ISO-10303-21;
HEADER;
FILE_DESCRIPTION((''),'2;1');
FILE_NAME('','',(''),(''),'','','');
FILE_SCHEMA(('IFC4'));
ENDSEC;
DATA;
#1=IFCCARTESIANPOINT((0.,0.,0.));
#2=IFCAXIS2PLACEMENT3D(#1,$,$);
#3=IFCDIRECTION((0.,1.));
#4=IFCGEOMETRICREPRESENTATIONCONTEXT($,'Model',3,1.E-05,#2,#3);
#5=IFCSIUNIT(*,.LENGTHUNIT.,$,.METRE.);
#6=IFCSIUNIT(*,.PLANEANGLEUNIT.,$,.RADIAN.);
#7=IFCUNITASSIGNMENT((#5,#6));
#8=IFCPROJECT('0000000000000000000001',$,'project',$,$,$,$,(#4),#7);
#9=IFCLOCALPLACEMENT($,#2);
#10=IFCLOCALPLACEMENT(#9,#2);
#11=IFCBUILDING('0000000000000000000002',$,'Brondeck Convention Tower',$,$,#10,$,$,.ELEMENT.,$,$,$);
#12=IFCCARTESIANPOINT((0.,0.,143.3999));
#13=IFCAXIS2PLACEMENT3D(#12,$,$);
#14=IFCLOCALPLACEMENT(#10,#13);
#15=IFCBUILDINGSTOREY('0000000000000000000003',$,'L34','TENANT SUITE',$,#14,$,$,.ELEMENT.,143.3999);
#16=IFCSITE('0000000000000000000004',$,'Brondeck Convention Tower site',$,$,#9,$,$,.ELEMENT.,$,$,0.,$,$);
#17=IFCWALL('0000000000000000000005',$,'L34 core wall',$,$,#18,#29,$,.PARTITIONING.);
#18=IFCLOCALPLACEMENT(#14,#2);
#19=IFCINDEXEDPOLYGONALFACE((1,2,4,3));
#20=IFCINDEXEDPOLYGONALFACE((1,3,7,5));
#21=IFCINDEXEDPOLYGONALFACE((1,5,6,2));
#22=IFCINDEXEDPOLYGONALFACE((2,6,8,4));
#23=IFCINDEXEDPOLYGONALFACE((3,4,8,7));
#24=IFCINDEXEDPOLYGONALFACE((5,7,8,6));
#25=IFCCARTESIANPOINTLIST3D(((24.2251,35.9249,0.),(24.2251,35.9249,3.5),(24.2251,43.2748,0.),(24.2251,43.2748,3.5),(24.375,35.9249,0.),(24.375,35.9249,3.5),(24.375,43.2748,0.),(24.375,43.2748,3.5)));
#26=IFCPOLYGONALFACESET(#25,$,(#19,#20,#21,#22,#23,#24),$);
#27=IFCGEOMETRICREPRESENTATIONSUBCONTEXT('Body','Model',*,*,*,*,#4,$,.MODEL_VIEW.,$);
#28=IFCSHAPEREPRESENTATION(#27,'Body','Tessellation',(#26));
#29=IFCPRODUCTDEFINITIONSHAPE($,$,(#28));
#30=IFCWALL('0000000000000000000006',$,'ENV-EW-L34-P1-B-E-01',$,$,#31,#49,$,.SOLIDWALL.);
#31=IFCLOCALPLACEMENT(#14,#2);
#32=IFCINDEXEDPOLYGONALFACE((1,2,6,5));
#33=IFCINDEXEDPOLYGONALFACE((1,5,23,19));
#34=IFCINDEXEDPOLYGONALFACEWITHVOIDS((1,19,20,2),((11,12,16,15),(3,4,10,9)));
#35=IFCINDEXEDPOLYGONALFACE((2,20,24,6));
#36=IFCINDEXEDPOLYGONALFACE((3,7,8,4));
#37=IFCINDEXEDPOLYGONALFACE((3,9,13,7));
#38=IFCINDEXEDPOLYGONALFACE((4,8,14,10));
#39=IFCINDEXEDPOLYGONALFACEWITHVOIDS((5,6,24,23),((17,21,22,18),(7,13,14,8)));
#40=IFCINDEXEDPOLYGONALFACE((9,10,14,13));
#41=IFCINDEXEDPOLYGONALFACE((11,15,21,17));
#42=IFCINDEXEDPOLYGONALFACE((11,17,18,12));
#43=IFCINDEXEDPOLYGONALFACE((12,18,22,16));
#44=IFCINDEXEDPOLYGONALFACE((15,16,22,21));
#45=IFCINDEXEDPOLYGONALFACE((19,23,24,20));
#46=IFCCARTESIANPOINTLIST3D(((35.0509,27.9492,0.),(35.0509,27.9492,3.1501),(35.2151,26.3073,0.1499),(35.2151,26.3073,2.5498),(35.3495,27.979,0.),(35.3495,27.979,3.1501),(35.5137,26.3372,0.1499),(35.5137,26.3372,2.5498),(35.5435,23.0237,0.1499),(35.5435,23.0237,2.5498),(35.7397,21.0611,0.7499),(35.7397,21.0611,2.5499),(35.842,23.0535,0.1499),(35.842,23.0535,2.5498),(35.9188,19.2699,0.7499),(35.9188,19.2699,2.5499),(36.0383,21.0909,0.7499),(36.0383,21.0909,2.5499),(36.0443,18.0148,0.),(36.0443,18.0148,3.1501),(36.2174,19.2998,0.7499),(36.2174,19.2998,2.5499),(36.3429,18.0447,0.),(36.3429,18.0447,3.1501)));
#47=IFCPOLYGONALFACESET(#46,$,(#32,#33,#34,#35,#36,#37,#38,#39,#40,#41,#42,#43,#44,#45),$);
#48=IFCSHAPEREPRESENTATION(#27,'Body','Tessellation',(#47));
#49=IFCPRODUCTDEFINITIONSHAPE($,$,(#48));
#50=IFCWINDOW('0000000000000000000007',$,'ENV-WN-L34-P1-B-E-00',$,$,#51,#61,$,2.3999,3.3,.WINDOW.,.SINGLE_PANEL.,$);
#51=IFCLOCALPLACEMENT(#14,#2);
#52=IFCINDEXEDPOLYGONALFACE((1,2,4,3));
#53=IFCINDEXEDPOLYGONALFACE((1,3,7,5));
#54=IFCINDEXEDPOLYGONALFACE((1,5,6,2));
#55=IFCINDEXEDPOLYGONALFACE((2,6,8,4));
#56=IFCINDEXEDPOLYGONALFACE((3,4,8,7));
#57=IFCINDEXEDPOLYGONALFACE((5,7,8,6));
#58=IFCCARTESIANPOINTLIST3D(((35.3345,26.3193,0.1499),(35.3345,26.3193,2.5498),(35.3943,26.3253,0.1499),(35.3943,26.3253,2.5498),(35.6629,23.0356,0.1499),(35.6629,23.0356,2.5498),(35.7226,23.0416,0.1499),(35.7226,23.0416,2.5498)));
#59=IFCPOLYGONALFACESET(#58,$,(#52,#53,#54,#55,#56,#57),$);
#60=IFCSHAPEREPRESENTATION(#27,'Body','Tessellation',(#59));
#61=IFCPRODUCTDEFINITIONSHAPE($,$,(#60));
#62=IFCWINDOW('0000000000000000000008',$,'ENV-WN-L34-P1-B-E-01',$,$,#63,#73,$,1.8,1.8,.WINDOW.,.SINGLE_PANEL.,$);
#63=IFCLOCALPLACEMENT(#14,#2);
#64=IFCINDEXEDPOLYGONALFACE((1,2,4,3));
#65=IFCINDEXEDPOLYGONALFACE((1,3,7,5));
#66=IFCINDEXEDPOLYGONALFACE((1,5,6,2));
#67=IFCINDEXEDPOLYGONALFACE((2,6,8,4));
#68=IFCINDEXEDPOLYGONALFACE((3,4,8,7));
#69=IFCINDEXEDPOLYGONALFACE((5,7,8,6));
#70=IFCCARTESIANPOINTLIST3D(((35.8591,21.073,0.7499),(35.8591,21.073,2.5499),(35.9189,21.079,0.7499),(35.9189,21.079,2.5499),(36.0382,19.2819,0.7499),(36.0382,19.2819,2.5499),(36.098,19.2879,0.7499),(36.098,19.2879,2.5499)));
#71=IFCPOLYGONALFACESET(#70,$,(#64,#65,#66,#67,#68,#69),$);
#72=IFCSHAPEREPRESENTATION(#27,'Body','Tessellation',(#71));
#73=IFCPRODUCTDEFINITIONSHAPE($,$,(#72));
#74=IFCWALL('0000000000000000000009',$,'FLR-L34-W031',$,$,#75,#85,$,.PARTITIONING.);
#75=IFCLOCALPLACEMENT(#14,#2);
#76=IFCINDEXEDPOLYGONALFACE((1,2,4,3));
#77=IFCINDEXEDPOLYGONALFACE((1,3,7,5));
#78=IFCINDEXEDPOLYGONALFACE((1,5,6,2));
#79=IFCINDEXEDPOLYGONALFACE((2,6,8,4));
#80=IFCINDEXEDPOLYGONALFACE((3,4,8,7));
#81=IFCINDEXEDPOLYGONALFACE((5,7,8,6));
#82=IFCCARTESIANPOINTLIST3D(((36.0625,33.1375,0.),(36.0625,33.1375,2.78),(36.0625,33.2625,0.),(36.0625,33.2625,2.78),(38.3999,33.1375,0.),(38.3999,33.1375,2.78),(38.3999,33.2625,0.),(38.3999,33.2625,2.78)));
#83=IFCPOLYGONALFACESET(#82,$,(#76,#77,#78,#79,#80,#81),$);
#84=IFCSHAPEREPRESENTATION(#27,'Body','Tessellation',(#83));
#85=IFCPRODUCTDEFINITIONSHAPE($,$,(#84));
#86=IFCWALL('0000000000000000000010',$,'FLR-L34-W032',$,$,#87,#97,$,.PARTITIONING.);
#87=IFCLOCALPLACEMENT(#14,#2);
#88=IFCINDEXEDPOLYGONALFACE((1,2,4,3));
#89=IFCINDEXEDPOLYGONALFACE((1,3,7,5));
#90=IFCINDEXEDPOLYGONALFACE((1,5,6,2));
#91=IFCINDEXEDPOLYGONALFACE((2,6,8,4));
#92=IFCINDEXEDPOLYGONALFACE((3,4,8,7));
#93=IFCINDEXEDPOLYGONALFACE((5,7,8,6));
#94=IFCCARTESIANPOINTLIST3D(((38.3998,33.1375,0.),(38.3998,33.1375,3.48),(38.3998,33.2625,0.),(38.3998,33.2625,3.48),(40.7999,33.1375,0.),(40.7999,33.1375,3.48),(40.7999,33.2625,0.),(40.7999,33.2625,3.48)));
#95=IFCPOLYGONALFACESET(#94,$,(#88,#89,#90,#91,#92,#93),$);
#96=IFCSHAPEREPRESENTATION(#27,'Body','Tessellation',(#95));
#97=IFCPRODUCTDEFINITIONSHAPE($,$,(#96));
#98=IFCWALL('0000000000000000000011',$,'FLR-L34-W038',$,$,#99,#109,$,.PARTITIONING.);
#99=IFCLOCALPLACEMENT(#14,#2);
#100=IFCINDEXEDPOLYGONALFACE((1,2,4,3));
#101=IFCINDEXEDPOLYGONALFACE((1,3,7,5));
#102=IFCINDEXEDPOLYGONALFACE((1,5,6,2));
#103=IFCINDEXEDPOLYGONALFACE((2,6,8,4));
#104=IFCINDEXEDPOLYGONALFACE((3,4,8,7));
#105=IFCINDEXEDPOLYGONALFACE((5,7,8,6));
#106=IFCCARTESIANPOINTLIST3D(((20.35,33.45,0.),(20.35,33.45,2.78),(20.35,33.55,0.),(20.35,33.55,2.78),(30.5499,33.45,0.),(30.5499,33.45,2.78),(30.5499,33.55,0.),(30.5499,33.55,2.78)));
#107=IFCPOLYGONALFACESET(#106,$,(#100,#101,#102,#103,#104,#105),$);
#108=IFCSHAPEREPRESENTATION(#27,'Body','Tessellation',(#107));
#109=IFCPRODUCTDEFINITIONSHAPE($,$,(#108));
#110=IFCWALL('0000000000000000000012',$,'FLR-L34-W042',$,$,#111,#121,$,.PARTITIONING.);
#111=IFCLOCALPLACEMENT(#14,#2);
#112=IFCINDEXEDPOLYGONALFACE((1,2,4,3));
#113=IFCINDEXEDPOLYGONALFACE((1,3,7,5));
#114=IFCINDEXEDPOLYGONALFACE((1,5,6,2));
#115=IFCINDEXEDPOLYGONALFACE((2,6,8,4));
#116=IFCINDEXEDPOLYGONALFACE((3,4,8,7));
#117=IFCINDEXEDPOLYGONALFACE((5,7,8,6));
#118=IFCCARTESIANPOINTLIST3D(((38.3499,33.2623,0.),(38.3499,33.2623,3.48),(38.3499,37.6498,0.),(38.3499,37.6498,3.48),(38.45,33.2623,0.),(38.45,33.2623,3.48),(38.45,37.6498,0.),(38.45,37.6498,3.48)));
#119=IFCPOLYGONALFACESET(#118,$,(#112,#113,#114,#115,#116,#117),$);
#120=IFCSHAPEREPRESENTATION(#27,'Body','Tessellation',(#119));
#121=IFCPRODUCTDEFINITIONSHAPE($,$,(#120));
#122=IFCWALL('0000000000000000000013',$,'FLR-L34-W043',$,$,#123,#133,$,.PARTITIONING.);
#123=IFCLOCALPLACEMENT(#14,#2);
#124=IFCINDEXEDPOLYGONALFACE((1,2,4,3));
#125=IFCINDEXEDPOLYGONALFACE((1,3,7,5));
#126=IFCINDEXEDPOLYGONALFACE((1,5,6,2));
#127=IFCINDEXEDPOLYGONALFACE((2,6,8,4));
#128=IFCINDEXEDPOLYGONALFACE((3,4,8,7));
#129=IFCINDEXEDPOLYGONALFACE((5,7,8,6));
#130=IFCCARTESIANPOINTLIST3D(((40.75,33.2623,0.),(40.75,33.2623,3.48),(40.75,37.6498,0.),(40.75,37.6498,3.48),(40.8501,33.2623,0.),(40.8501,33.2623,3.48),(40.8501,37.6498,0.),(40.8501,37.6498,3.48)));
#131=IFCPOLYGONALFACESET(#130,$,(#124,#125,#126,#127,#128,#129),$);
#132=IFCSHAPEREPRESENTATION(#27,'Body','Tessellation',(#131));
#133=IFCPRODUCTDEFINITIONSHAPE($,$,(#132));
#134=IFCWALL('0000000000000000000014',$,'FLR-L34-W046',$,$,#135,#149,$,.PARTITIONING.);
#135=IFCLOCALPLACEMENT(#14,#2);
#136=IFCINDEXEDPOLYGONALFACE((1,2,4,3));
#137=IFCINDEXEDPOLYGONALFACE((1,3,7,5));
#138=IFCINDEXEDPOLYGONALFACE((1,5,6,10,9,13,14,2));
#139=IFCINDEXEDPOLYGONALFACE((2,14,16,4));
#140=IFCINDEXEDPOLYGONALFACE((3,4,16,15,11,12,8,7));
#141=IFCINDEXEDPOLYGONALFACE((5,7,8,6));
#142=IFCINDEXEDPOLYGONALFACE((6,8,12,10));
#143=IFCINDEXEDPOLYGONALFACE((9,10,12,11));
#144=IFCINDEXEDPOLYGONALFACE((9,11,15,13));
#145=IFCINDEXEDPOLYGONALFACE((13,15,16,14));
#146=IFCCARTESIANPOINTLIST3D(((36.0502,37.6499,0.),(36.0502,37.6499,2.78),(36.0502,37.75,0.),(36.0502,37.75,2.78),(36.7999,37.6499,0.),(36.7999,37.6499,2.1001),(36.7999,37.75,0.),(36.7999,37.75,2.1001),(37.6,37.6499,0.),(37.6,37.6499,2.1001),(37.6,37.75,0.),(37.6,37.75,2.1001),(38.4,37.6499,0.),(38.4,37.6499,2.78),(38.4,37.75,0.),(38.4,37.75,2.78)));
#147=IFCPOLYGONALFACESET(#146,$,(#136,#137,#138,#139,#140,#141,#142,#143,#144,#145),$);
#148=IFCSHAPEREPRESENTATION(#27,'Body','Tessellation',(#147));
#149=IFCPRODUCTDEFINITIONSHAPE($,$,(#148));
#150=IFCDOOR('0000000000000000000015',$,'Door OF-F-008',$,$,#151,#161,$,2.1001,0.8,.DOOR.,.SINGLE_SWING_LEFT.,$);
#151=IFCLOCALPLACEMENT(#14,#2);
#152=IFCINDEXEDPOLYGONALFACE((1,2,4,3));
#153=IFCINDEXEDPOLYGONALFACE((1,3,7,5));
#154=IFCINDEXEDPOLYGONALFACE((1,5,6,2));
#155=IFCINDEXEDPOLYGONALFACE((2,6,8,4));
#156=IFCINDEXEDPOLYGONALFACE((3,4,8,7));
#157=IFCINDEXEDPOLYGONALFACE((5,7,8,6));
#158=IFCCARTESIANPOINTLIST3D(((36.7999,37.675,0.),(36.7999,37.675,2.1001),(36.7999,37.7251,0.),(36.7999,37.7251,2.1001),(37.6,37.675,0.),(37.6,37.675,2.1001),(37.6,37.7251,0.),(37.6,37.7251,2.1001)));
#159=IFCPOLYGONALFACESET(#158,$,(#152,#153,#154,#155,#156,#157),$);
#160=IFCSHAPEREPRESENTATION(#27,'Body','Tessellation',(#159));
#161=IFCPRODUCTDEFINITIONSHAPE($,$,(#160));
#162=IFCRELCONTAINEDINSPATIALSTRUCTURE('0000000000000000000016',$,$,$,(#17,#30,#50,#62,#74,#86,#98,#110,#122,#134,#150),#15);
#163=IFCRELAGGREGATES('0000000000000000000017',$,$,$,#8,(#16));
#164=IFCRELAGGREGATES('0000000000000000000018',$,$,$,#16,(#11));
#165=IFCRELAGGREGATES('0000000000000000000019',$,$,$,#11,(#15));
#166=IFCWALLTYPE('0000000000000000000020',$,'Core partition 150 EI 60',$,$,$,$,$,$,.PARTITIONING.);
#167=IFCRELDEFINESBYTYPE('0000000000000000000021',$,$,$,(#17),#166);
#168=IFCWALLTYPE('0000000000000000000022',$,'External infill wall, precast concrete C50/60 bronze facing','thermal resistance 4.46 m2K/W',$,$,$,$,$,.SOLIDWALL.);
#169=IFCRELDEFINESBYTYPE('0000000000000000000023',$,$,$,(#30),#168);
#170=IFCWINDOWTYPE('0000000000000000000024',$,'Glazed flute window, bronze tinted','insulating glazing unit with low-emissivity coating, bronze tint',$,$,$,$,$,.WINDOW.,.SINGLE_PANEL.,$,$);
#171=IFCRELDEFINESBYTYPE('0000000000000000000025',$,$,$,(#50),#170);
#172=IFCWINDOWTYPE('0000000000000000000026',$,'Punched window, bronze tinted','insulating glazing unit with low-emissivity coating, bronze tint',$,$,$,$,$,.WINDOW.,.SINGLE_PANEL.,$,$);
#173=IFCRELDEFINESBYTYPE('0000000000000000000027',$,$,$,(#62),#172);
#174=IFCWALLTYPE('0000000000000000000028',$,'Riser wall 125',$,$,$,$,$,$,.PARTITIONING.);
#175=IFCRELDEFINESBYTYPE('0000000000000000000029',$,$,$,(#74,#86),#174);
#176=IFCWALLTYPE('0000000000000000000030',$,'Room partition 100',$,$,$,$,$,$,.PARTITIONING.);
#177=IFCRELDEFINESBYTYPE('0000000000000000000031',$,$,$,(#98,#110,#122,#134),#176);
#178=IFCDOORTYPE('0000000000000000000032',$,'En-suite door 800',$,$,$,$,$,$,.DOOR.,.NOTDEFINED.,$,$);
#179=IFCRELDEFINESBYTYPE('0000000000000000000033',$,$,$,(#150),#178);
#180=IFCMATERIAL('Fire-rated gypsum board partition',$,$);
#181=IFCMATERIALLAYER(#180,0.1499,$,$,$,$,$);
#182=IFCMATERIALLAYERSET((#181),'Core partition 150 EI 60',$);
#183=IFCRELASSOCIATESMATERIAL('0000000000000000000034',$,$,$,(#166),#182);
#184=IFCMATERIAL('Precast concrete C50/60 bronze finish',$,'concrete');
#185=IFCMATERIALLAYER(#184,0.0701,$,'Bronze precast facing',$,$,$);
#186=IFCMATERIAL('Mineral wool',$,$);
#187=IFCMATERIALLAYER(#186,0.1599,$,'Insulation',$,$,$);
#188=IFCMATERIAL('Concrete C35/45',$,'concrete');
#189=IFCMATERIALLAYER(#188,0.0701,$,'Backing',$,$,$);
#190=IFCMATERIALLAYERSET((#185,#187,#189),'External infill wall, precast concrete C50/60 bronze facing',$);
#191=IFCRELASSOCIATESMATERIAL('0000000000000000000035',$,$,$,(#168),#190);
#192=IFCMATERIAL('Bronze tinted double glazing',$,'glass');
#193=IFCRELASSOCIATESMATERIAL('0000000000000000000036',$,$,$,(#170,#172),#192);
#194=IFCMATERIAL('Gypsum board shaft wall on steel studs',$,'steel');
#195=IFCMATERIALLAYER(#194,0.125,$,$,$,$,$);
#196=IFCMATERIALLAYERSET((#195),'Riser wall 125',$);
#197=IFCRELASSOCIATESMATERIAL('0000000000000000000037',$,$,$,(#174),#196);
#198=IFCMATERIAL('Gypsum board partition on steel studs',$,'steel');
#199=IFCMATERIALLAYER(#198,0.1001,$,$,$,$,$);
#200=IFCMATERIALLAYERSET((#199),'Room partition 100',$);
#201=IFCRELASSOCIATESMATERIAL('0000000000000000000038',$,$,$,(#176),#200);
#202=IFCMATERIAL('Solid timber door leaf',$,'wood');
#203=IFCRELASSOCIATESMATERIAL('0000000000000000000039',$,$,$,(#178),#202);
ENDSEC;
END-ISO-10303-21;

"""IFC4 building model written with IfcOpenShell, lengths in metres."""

from ifc_helpers import new_model, si_unit, direction, frame, frame_2d, origin, place, context, subcontext, project, spatial, rectangle, extrude, material, layer, layer_set, type_object, element, fill, save


model = new_model("IFC4")

# Units and contexts
model_context = context("Model", 3, precision=1e-05, world=origin(), true_north=direction((0.0, 1.0)))
body_context = subcontext(model_context, "Body", "Model", "MODEL_VIEW")
ifc_project = project(units=[si_unit("LENGTHUNIT", "METRE"), si_unit("PLANEANGLEUNIT", "RADIAN")], contexts=[model_context])

# Site, building, storey
site_placement = place(None, origin())
site = spatial("IfcSite", under=ifc_project, at=site_placement, Name="Brondeck Convention Tower site", CompositionType="ELEMENT", RefElevation=0.0)
building_placement = place(site_placement, origin())
building = spatial("IfcBuilding", under=site, at=building_placement, Name="Brondeck Convention Tower", CompositionType="ELEMENT")
storey_placement = place(building_placement, frame((0.0, 0.0, 143.3999)))
storey = spatial("IfcBuildingStorey", under=building, at=storey_placement, Name="L34", Description="TENANT SUITE", CompositionType="ELEMENT", Elevation=143.3999)

# Wall
ifc_material_1 = material(Name="Fire-rated gypsum board partition")
ifc_layer_1 = layer(ifc_material_1, 0.1499)
ifc_layer_set_1 = layer_set([ifc_layer_1], Name="Core partition 150 EI 60")
wall_type_1 = type_object("IfcWallType", Name="Core partition 150 EI 60", PredefinedType="PARTITIONING", material=ifc_layer_set_1)
wall_1_placement = place(storey_placement, frame((24.3, 35.925, 0.0), z_axis=(0.0, 0.0, 1.0), x_axis=(0.0, 1.0, 0.0)))
element("IfcWall", 1, at=wall_1_placement, inside=storey, type_object=wall_type_1, Name="L34 core wall", PredefinedType="PARTITIONING", context=body_context, shape_type="SweptSolid", body=[
    extrude(rectangle(XDim=7.3499, YDim=0.1499, at=frame_2d((3.6748, 0.0))), origin(), (0.0, 0.0, 1.0), 3.5),
])

# Wall, openings, windows
ifc_material_2 = material(Name="Precast concrete C50/60 bronze finish", Category="concrete")
ifc_layer_2 = layer(ifc_material_2, 0.0701, Name="Bronze precast facing")
ifc_material_3 = material(Name="Mineral wool")
ifc_layer_3 = layer(ifc_material_3, 0.1599, Name="Insulation")
ifc_material_4 = material(Name="Concrete C35/45", Category="concrete")
ifc_layer_4 = layer(ifc_material_4, 0.0701, Name="Backing")
ifc_layer_set_2 = layer_set([ifc_layer_2, ifc_layer_3, ifc_layer_4], Name="External infill wall, precast concrete C50/60 bronze facing")
wall_type_2 = type_object("IfcWallType", Name="External infill wall, precast concrete C50/60 bronze facing", Description="thermal resistance 4.46 m2K/W", PredefinedType="SOLIDWALL", material=ifc_layer_set_2)
wall_2_placement = place(storey_placement, frame((35.2002, 27.9641, 0.0), z_axis=(0.0, 0.0, 1.0), x_axis=(0.099501, -0.995037, 0.0)))
wall_2 = element("IfcWall", 2, at=wall_2_placement, inside=storey, type_object=wall_type_2, Name="ENV-EW-L34-P1-B-E-01", PredefinedType="SOLIDWALL", context=body_context, shape_type="SweptSolid", body=[
    extrude(rectangle(XDim=9.9839, YDim=0.3, at=frame_2d((4.9919, 0.0))), origin(), (0.0, 0.0, 1.0), 3.1501),
])
opening_1_placement = place(wall_2_placement, frame((1.6501, 0.0, 0.1499)))
opening_1 = element("IfcOpeningElement", 3, at=opening_1_placement, cuts=wall_2, PredefinedType="OPENING", context=body_context, shape_type="SweptSolid", body=[
    extrude(rectangle(XDim=3.3, YDim=2.3999, at=frame_2d((1.6499, 1.2))), frame((0.0, 0.1599, 0.0), z_axis=(0.0, -1.0, 0.0), x_axis=(1.0, 0.0, 0.0)), (0.0, 0.0, 1.0), 0.3201),
])
opening_2_placement = place(wall_2_placement, frame((6.9226, 0.0, 0.75)))
opening_2 = element("IfcOpeningElement", 4, at=opening_2_placement, cuts=wall_2, PredefinedType="OPENING", context=body_context, shape_type="SweptSolid", body=[
    extrude(rectangle(XDim=1.8, YDim=1.8, at=frame_2d((0.8999, 0.8999))), frame((0.0, 0.1599, 0.0), z_axis=(0.0, -1.0, 0.0), x_axis=(1.0, 0.0, 0.0)), (0.0, 0.0, 1.0), 0.3201),
])
ifc_material_5 = material(Name="Bronze tinted double glazing", Category="glass")
window_type_1 = type_object("IfcWindowType", Name="Glazed flute window, bronze tinted", Description="insulating glazing unit with low-emissivity coating, bronze tint", PartitioningType="SINGLE_PANEL", PredefinedType="WINDOW", material=ifc_material_5)
window_1_placement = place(opening_1_placement, origin())
window_1 = element("IfcWindow", 5, at=window_1_placement, inside=storey, type_object=window_type_1, Name="ENV-WN-L34-P1-B-E-00", OverallHeight=2.3999, OverallWidth=3.3, PartitioningType="SINGLE_PANEL", PredefinedType="WINDOW", context=body_context, shape_type="SweptSolid", body=[
    extrude(rectangle(XDim=3.3, YDim=2.3999, at=frame_2d((1.6499, 1.2))), frame((0.0, 0.03, 0.0), z_axis=(0.0, -1.0, 0.0), x_axis=(1.0, 0.0, 0.0)), (0.0, 0.0, 1.0), 0.0601),
])
fill(opening_1, window_1)
window_type_2 = type_object("IfcWindowType", Name="Punched window, bronze tinted", Description="insulating glazing unit with low-emissivity coating, bronze tint", PartitioningType="SINGLE_PANEL", PredefinedType="WINDOW", material=ifc_material_5)
window_2_placement = place(opening_2_placement, origin())
window_2 = element("IfcWindow", 6, at=window_2_placement, inside=storey, type_object=window_type_2, Name="ENV-WN-L34-P1-B-E-01", OverallHeight=1.8, OverallWidth=1.8, PartitioningType="SINGLE_PANEL", PredefinedType="WINDOW", context=body_context, shape_type="SweptSolid", body=[
    extrude(rectangle(XDim=1.8, YDim=1.8, at=frame_2d((0.8999, 0.8999))), frame((0.0, 0.03, 0.0), z_axis=(0.0, -1.0, 0.0), x_axis=(1.0, 0.0, 0.0)), (0.0, 0.0, 1.0), 0.0601),
])
fill(opening_2, window_2)

# Walls
ifc_material_6 = material(Name="Gypsum board shaft wall on steel studs", Category="steel")
ifc_layer_5 = layer(ifc_material_6, 0.125)
ifc_layer_set_3 = layer_set([ifc_layer_5], Name="Riser wall 125")
wall_type_3 = type_object("IfcWallType", Name="Riser wall 125", PredefinedType="PARTITIONING", material=ifc_layer_set_3)
wall_3_placement = place(storey_placement, frame((38.3999, 33.2, 0.0), z_axis=(0.0, 0.0, 1.0), x_axis=(-1.0, 0.0, 0.0)))
element("IfcWall", 7, at=wall_3_placement, inside=storey, type_object=wall_type_3, Name="FLR-L34-W031", PredefinedType="PARTITIONING", context=body_context, shape_type="SweptSolid", body=[
    extrude(rectangle(XDim=2.3374, YDim=0.125, at=frame_2d((1.1687, 0.0))), origin(), (0.0, 0.0, 1.0), 2.78),
])
wall_4_placement = place(storey_placement, frame((40.8, 33.2, 0.0), z_axis=(0.0, 0.0, 1.0), x_axis=(-1.0, 0.0, 0.0)))
element("IfcWall", 8, at=wall_4_placement, inside=storey, type_object=wall_type_3, Name="FLR-L34-W032", PredefinedType="PARTITIONING", context=body_context, shape_type="SweptSolid", body=[
    extrude(rectangle(XDim=2.4001, YDim=0.125, at=frame_2d((1.2002, 0.0))), origin(), (0.0, 0.0, 1.0), 3.48),
])
ifc_material_7 = material(Name="Gypsum board partition on steel studs", Category="steel")
ifc_layer_6 = layer(ifc_material_7, 0.1001)
ifc_layer_set_4 = layer_set([ifc_layer_6], Name="Room partition 100")
wall_type_4 = type_object("IfcWallType", Name="Room partition 100", PredefinedType="PARTITIONING", material=ifc_layer_set_4)
wall_5_placement = place(storey_placement, frame((30.55, 33.5, 0.0), z_axis=(0.0, 0.0, 1.0), x_axis=(-1.0, 0.0, 0.0)))
element("IfcWall", 9, at=wall_5_placement, inside=storey, type_object=wall_type_4, Name="FLR-L34-W038", PredefinedType="PARTITIONING", context=body_context, shape_type="SweptSolid", body=[
    extrude(rectangle(XDim=10.2, YDim=0.1001, at=frame_2d((5.1001, 0.0))), origin(), (0.0, 0.0, 1.0), 2.78),
])
for number, where, z_axis, x_axis, name in (
    (10, (38.3999, 37.6499, 0.0), (0.0, 0.0, 1.0), (0.0, -1.0, 0.0), "FLR-L34-W042"),
    (11, (40.8, 37.6499, 0.0), (0.0, 0.0, 1.0), (0.0, -1.0, 0.0), "FLR-L34-W043"),
):
    element("IfcWall", number, at=place(storey_placement, frame(where, z_axis=z_axis, x_axis=x_axis)), inside=storey, type_object=wall_type_4, Name=name, PredefinedType="PARTITIONING", context=body_context, shape_type="SweptSolid", body=[
        extrude(rectangle(XDim=4.3875, YDim=0.1001, at=frame_2d((2.1938, 0.0))), origin(), (0.0, 0.0, 1.0), 3.48),
    ])

# Wall, opening, door
wall_6_placement = place(storey_placement, frame((38.3999, 37.7, 0.0), z_axis=(0.0, 0.0, 1.0), x_axis=(-1.0, 0.0, 0.0)))
wall_6 = element("IfcWall", 12, at=wall_6_placement, inside=storey, type_object=wall_type_4, Name="FLR-L34-W046", PredefinedType="PARTITIONING", context=body_context, shape_type="SweptSolid", body=[
    extrude(rectangle(XDim=2.3499, YDim=0.1001, at=frame_2d((1.1748, 0.0))), origin(), (0.0, 0.0, 1.0), 2.78),
])
opening_3_placement = place(wall_6_placement, frame((0.8, 0.0, 0.0)))
opening_3 = element("IfcOpeningElement", 13, at=opening_3_placement, cuts=wall_6, PredefinedType="OPENING", context=body_context, shape_type="SweptSolid", body=[
    extrude(rectangle(XDim=0.8, YDim=2.1001, at=frame_2d((0.3999, 1.05))), frame((0.0, 0.0601, 0.0), z_axis=(0.0, -1.0, 0.0), x_axis=(1.0, 0.0, 0.0)), (0.0, 0.0, 1.0), 0.1201),
])
ifc_material_8 = material(Name="Solid timber door leaf", Category="wood")
door_type = type_object("IfcDoorType", Name="En-suite door 800", OperationType="NOTDEFINED", PredefinedType="DOOR", material=ifc_material_8)
door_1_placement = place(opening_3_placement, origin())
door_1 = element("IfcDoor", 14, at=door_1_placement, inside=storey, type_object=door_type, Name="Door OF-F-008", OperationType="SINGLE_SWING_LEFT", OverallHeight=2.1001, OverallWidth=0.8, PredefinedType="DOOR", context=body_context, shape_type="SweptSolid", body=[
    extrude(rectangle(XDim=0.8, YDim=2.1001, at=frame_2d((0.3999, 1.05))), frame((0.0, 0.0249, 0.0), z_axis=(0.0, -1.0, 0.0), x_axis=(1.0, 0.0, 0.0)), (0.0, 0.0, 1.0), 0.05),
])
fill(opening_3, door_1)

save(model, "model.ifc")
